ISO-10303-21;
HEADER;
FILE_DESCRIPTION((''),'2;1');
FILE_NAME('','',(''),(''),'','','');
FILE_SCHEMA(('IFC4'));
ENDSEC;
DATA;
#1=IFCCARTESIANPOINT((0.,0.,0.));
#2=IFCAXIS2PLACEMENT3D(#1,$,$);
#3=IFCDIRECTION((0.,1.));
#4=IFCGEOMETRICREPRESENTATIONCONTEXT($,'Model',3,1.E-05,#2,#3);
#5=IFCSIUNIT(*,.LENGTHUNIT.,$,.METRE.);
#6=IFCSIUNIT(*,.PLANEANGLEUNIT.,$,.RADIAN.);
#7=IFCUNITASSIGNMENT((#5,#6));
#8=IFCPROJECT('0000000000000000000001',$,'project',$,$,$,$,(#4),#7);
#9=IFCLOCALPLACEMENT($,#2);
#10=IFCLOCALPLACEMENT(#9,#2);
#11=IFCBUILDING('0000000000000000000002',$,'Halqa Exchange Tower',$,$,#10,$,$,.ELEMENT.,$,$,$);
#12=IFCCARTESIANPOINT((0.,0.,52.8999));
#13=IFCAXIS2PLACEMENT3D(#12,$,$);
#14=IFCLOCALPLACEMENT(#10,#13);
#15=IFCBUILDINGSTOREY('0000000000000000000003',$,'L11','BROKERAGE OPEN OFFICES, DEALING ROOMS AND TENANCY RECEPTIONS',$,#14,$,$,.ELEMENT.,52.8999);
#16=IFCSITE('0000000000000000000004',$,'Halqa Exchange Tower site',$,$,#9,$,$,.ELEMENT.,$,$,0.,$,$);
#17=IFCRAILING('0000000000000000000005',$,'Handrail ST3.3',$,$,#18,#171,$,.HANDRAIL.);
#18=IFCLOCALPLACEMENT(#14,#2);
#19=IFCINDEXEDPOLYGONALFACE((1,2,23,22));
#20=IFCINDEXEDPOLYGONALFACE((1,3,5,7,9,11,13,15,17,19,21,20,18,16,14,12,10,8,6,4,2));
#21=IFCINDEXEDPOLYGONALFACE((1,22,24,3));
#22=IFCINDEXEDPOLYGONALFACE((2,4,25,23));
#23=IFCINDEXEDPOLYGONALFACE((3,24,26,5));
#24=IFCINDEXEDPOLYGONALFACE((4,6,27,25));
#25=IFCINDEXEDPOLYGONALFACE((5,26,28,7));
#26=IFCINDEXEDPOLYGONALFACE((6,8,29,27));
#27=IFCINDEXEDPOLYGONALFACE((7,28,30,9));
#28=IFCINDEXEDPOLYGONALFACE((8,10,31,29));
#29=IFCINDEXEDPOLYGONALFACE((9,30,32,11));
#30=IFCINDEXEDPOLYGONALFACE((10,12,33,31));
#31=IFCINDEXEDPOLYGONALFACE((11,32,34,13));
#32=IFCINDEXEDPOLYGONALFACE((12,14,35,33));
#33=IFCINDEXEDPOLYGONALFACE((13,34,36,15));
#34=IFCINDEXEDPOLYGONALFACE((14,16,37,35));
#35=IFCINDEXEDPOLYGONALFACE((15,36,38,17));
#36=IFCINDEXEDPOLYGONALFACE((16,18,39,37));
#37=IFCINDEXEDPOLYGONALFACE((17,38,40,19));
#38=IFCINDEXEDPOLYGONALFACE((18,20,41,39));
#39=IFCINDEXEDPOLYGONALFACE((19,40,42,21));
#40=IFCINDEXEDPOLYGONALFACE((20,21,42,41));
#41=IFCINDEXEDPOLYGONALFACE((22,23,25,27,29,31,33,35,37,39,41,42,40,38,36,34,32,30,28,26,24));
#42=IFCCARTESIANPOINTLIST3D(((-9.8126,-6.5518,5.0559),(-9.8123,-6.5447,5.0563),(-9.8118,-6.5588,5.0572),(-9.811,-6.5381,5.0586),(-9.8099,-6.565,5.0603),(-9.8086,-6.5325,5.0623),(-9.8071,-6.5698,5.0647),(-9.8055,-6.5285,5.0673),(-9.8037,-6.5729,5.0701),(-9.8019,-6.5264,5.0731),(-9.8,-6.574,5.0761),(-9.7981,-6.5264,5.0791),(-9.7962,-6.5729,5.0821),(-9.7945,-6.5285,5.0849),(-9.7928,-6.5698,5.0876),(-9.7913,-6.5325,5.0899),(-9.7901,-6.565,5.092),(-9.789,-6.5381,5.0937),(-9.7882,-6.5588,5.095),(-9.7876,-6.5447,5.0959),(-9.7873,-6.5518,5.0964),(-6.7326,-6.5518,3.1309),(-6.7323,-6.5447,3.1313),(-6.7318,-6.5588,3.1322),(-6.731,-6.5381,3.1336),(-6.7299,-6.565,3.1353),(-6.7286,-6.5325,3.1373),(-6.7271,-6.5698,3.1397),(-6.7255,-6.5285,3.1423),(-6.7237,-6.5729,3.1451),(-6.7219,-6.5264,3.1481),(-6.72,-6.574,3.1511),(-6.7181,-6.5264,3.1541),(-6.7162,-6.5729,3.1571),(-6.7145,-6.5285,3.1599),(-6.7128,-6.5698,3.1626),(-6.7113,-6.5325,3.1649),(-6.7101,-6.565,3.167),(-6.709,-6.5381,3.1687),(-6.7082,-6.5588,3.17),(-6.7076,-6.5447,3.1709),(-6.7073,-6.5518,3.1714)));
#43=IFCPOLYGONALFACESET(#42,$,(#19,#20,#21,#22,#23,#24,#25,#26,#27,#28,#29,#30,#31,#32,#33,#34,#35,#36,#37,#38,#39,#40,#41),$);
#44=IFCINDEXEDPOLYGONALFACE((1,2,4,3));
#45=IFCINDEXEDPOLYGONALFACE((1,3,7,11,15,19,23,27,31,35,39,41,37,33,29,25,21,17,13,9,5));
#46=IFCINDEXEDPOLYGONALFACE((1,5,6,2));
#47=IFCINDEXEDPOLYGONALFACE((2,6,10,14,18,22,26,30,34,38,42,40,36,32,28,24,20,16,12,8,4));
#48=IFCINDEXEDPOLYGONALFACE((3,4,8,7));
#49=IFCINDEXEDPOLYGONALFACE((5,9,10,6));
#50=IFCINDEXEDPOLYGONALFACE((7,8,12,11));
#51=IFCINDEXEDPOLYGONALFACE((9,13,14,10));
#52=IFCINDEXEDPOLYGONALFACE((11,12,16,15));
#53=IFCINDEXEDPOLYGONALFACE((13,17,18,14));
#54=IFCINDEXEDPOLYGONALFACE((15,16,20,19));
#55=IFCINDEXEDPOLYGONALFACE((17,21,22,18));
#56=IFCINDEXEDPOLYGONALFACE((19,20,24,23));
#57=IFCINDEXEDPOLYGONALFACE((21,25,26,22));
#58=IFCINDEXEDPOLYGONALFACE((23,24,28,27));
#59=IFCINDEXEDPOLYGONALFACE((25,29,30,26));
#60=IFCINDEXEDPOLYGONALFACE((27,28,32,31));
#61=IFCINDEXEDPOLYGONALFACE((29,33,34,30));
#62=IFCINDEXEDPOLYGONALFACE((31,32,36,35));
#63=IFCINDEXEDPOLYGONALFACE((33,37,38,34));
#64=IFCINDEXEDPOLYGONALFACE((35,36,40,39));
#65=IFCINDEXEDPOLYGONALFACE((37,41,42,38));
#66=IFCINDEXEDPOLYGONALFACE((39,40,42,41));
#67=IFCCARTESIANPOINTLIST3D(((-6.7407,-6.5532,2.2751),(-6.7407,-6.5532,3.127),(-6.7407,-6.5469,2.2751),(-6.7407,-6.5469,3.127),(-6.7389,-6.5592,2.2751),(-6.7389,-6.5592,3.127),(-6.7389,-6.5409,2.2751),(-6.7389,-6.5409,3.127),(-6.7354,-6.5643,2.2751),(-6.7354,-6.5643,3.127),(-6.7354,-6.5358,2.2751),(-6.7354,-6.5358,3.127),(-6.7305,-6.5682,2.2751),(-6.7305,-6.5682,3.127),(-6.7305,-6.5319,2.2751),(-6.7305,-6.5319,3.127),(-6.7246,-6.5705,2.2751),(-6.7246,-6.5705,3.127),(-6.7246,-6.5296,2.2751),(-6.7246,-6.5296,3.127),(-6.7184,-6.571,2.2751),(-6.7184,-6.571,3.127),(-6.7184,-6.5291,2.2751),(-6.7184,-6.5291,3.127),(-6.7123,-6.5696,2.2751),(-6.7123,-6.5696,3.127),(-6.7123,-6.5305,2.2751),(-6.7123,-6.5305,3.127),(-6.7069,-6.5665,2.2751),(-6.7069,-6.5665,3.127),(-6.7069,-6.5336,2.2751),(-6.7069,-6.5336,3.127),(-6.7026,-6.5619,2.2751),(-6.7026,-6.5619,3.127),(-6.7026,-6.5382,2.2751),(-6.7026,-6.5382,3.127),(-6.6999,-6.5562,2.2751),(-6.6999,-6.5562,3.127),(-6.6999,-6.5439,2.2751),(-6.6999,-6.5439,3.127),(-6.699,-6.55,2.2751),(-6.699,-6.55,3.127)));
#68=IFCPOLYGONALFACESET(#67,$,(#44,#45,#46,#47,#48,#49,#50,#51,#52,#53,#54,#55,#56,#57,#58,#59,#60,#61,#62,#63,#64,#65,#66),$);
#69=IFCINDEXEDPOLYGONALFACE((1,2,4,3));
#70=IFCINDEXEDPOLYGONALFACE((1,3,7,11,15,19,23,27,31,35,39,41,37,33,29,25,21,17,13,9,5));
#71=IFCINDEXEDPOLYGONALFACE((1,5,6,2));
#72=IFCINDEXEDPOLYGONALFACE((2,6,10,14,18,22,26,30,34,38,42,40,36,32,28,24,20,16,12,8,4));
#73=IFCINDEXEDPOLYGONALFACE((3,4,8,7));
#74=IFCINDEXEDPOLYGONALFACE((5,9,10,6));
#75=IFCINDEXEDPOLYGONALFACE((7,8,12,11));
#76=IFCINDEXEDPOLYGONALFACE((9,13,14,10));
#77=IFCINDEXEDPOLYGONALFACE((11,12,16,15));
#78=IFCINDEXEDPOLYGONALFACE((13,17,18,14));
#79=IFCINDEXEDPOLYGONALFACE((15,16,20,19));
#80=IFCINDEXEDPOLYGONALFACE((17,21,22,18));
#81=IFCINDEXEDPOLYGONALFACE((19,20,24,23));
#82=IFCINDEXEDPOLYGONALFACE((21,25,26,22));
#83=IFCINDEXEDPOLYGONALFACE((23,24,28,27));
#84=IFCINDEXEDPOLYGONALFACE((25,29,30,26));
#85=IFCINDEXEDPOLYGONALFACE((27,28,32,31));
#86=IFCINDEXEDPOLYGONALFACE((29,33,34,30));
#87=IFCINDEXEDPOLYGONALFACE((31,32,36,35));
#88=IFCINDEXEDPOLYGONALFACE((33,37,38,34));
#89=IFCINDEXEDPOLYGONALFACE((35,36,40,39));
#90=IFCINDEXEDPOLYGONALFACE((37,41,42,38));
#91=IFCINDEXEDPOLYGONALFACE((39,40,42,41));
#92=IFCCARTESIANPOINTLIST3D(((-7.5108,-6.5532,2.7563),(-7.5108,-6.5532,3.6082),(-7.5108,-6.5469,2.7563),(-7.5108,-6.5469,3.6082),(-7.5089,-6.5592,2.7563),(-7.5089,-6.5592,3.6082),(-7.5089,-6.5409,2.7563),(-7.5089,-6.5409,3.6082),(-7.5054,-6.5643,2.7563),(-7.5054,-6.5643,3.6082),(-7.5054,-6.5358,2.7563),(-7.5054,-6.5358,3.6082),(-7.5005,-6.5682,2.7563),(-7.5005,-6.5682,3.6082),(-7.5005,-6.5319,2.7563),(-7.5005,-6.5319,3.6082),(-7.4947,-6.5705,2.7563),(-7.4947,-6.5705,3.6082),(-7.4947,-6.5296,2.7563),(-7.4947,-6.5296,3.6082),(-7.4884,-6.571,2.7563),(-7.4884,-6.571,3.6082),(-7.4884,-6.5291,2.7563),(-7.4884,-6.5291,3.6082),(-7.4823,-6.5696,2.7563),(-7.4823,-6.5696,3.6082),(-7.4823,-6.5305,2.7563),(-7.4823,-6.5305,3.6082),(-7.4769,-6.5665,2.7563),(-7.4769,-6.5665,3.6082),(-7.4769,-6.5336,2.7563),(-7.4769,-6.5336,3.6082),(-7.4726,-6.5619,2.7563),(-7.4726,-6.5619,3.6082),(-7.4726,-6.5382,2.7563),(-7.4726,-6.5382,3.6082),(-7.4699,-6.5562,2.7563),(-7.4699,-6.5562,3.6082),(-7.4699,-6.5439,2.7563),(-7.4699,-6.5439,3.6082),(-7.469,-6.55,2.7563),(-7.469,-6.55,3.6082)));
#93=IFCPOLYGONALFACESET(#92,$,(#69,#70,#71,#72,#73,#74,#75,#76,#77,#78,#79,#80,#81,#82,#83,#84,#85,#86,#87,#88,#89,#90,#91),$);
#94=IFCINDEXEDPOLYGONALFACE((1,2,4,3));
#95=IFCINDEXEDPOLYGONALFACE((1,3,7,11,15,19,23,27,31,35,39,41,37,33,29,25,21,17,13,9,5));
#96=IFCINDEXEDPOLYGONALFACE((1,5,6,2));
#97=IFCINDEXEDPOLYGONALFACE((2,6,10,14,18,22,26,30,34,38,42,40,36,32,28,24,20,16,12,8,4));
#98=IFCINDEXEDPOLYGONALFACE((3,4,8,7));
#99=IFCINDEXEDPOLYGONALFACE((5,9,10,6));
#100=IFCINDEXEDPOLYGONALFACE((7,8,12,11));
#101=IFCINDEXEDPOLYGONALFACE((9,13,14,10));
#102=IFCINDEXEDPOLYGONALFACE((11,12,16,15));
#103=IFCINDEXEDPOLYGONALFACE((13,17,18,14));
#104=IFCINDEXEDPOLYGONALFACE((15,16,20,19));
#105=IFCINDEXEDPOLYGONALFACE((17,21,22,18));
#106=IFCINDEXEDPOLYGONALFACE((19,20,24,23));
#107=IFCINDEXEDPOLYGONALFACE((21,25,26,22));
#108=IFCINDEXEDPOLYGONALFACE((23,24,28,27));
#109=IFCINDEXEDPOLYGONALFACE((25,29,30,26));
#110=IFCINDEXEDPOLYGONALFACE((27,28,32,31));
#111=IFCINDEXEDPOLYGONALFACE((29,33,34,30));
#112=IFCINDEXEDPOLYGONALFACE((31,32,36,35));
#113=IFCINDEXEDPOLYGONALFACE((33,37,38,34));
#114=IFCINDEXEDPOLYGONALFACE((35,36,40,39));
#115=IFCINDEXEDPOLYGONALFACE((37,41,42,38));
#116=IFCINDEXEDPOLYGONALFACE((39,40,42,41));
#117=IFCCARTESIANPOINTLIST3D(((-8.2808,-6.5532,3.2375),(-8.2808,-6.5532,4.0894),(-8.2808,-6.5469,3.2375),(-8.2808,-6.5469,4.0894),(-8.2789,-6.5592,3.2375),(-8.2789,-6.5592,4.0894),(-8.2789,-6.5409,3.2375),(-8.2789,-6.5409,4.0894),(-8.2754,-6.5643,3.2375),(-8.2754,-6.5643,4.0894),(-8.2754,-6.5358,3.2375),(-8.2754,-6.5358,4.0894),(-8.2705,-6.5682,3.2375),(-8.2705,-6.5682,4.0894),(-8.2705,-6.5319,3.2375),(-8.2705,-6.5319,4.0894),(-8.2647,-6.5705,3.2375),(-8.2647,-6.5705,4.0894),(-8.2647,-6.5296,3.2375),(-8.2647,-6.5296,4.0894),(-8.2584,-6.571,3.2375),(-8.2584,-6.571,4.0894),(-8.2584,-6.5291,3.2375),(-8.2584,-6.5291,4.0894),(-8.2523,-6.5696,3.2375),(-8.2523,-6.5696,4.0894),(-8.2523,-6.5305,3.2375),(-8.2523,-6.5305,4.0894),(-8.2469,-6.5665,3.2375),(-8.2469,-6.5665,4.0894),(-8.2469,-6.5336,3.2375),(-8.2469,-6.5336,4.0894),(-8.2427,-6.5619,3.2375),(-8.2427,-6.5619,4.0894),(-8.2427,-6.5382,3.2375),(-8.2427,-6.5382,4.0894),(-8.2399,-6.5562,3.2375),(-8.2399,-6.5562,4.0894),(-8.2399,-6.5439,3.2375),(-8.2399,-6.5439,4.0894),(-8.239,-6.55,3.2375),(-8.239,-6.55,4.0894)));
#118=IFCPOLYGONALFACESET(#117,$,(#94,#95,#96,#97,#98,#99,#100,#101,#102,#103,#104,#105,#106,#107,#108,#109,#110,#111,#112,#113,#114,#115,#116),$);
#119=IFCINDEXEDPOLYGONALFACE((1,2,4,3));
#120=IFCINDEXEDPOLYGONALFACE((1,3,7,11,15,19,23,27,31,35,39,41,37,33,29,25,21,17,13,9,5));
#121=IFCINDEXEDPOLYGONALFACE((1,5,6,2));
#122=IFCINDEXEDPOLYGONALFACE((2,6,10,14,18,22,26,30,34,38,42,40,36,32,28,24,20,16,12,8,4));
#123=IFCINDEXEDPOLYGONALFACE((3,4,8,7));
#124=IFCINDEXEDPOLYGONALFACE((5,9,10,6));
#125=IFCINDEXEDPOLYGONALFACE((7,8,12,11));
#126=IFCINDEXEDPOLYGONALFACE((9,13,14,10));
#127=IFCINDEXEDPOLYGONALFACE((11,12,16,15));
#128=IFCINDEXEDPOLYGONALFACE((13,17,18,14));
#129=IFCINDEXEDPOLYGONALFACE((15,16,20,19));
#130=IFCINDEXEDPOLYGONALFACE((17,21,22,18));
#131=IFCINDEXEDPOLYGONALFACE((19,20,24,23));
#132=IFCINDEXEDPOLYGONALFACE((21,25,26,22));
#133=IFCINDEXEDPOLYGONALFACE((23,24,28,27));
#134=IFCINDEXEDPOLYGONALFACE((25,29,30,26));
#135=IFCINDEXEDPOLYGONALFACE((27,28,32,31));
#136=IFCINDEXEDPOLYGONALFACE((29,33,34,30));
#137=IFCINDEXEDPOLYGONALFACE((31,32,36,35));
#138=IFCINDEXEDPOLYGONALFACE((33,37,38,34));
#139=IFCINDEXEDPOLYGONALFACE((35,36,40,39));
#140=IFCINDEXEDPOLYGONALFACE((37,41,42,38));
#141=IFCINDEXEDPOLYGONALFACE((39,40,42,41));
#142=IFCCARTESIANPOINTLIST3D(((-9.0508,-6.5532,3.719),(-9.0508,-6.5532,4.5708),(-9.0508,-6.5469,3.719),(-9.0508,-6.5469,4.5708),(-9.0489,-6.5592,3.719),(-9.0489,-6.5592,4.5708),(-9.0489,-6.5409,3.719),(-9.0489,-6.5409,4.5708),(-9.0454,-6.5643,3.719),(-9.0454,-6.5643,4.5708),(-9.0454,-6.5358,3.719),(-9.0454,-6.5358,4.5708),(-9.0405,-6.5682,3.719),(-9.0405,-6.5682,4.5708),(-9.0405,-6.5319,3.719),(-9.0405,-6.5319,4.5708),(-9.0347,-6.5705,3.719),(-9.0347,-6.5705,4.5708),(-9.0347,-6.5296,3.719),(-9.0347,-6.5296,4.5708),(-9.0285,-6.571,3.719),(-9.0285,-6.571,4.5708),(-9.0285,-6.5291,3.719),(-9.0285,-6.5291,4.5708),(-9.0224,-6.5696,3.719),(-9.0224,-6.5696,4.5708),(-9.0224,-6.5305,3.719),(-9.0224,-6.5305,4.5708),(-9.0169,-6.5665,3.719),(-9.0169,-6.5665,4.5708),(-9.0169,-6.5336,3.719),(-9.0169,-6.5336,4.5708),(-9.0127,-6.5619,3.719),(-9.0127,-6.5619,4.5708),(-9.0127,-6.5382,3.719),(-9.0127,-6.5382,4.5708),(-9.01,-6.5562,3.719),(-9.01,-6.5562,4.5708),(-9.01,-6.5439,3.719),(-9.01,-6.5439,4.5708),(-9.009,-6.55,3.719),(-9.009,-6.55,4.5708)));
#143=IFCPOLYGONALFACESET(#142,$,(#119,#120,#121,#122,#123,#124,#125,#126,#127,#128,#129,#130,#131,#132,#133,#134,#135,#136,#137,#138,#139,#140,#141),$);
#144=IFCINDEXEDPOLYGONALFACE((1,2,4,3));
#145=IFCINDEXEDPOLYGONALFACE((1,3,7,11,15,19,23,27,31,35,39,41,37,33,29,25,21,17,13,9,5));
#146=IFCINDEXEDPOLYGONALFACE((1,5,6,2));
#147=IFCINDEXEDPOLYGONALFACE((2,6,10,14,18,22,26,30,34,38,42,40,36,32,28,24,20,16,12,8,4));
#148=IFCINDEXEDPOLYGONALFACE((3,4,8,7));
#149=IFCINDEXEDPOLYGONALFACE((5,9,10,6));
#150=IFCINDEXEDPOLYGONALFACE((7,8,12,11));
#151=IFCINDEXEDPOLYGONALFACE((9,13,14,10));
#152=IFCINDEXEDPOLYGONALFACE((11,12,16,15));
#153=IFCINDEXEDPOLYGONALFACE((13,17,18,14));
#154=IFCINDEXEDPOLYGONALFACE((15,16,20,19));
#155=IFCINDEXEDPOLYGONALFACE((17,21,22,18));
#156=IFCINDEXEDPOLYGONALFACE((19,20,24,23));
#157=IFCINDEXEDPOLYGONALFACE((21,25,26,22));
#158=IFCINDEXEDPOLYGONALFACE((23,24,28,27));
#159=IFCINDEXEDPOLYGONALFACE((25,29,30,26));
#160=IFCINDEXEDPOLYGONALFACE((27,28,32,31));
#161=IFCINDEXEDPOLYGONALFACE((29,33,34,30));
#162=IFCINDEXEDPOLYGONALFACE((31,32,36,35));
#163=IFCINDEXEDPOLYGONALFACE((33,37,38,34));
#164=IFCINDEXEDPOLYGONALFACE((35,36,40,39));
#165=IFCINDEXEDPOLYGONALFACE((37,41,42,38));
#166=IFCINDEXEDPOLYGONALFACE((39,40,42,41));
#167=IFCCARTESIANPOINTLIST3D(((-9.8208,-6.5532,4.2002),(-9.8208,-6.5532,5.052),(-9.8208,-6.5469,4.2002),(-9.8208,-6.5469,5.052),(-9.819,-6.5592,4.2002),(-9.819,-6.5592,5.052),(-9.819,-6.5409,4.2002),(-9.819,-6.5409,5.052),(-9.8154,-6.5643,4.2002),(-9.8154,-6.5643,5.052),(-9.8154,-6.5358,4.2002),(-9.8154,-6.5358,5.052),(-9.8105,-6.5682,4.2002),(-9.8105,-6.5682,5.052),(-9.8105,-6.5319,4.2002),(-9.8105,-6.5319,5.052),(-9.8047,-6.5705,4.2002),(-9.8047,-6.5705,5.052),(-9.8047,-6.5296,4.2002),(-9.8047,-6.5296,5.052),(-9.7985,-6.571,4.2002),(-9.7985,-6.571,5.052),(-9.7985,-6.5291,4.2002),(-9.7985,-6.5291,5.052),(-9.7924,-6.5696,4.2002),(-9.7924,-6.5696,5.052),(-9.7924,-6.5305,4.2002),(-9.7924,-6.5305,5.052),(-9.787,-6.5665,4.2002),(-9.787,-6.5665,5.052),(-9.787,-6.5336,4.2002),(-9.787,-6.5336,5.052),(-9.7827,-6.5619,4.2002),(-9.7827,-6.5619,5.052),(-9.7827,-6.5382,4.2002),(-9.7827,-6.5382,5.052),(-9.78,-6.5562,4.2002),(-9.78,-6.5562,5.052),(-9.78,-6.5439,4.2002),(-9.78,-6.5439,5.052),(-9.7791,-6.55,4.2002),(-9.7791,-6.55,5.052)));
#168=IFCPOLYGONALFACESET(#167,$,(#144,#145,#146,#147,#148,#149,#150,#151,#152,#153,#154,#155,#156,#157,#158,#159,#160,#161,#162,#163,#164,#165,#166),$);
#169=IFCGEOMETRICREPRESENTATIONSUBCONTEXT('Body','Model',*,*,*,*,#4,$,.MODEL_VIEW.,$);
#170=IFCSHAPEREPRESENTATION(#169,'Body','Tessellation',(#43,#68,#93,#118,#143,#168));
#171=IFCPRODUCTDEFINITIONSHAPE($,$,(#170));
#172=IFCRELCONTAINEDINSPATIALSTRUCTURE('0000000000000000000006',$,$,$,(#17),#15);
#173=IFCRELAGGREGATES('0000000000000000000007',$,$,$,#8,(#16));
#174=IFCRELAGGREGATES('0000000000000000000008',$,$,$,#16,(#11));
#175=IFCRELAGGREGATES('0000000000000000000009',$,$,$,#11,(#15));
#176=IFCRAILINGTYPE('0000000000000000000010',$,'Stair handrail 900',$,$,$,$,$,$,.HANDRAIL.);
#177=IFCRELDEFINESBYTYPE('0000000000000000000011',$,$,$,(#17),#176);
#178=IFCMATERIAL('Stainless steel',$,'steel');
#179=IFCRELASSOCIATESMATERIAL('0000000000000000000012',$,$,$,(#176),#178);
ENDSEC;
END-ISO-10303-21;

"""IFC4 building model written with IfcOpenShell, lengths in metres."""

from ifc_helpers import new_model, si_unit, direction, frame, origin, origin_2d, place, context, subcontext, project, spatial, circle, extrude, material, type_object, element, save


model = new_model("IFC4")

# Units and contexts
model_context = context("Model", 3, precision=1e-05, world=origin(), true_north=direction((0.0, 1.0)))
body_context = subcontext(model_context, "Body", "Model", "MODEL_VIEW")
ifc_project = project(units=[si_unit("LENGTHUNIT", "METRE"), si_unit("PLANEANGLEUNIT", "RADIAN")], contexts=[model_context])

# Site, building, storey
site_placement = place(None, origin())
site = spatial("IfcSite", under=ifc_project, at=site_placement, Name="Halqa Exchange Tower site", CompositionType="ELEMENT", RefElevation=0.0)
building_placement = place(site_placement, origin())
building = spatial("IfcBuilding", under=site, at=building_placement, Name="Halqa Exchange Tower", CompositionType="ELEMENT")
storey_placement = place(building_placement, frame((0.0, 0.0, 52.8999)))
storey = spatial("IfcBuildingStorey", under=building, at=storey_placement, Name="L11", Description="BROKERAGE OPEN OFFICES, DEALING ROOMS AND TENANCY RECEPTIONS", CompositionType="ELEMENT", Elevation=52.8999)

# Shared definitions
ifc_material_1 = material(Name="Stainless steel", Category="steel")

# Railing
railing_type_1 = type_object("IfcRailingType", Name="Stair handrail 900", PredefinedType="HANDRAIL", material=ifc_material_1)
railing_1_placement = place(storey_placement, frame((-6.72, -6.55, 2.2751)))
element("IfcRailing", 1, at=railing_1_placement, inside=storey, type_object=railing_type_1, Name="Handrail ST3.3", PredefinedType="HANDRAIL", context=body_context, shape_type="SweptSolid", body=[
    extrude(circle(Radius=0.0239, at=origin_2d()), frame((0.0, 0.0, 0.876), z_axis=(-0.847998, 0.0, 0.529999), x_axis=(0.0, -1.0, 0.0)), (0.0, 0.0, 1.0), 3.6321),
    extrude(circle(Radius=0.021, at=origin_2d()), origin(), (0.0, 0.0, 1.0), 0.8518),
    extrude(circle(Radius=0.021, at=origin_2d()), frame((-0.77, 0.0, 0.4812)), (0.0, 0.0, 1.0), 0.8518),
    extrude(circle(Radius=0.021, at=origin_2d()), frame((-1.54, 0.0, 0.9624)), (0.0, 0.0, 1.0), 0.8518),
    extrude(circle(Radius=0.021, at=origin_2d()), frame((-2.3101, 0.0, 1.4438)), (0.0, 0.0, 1.0), 0.8518),
    extrude(circle(Radius=0.021, at=origin_2d()), frame((-3.0801, 0.0, 1.925)), (0.0, 0.0, 1.0), 0.8518),
])

save(model, "model.ifc")
